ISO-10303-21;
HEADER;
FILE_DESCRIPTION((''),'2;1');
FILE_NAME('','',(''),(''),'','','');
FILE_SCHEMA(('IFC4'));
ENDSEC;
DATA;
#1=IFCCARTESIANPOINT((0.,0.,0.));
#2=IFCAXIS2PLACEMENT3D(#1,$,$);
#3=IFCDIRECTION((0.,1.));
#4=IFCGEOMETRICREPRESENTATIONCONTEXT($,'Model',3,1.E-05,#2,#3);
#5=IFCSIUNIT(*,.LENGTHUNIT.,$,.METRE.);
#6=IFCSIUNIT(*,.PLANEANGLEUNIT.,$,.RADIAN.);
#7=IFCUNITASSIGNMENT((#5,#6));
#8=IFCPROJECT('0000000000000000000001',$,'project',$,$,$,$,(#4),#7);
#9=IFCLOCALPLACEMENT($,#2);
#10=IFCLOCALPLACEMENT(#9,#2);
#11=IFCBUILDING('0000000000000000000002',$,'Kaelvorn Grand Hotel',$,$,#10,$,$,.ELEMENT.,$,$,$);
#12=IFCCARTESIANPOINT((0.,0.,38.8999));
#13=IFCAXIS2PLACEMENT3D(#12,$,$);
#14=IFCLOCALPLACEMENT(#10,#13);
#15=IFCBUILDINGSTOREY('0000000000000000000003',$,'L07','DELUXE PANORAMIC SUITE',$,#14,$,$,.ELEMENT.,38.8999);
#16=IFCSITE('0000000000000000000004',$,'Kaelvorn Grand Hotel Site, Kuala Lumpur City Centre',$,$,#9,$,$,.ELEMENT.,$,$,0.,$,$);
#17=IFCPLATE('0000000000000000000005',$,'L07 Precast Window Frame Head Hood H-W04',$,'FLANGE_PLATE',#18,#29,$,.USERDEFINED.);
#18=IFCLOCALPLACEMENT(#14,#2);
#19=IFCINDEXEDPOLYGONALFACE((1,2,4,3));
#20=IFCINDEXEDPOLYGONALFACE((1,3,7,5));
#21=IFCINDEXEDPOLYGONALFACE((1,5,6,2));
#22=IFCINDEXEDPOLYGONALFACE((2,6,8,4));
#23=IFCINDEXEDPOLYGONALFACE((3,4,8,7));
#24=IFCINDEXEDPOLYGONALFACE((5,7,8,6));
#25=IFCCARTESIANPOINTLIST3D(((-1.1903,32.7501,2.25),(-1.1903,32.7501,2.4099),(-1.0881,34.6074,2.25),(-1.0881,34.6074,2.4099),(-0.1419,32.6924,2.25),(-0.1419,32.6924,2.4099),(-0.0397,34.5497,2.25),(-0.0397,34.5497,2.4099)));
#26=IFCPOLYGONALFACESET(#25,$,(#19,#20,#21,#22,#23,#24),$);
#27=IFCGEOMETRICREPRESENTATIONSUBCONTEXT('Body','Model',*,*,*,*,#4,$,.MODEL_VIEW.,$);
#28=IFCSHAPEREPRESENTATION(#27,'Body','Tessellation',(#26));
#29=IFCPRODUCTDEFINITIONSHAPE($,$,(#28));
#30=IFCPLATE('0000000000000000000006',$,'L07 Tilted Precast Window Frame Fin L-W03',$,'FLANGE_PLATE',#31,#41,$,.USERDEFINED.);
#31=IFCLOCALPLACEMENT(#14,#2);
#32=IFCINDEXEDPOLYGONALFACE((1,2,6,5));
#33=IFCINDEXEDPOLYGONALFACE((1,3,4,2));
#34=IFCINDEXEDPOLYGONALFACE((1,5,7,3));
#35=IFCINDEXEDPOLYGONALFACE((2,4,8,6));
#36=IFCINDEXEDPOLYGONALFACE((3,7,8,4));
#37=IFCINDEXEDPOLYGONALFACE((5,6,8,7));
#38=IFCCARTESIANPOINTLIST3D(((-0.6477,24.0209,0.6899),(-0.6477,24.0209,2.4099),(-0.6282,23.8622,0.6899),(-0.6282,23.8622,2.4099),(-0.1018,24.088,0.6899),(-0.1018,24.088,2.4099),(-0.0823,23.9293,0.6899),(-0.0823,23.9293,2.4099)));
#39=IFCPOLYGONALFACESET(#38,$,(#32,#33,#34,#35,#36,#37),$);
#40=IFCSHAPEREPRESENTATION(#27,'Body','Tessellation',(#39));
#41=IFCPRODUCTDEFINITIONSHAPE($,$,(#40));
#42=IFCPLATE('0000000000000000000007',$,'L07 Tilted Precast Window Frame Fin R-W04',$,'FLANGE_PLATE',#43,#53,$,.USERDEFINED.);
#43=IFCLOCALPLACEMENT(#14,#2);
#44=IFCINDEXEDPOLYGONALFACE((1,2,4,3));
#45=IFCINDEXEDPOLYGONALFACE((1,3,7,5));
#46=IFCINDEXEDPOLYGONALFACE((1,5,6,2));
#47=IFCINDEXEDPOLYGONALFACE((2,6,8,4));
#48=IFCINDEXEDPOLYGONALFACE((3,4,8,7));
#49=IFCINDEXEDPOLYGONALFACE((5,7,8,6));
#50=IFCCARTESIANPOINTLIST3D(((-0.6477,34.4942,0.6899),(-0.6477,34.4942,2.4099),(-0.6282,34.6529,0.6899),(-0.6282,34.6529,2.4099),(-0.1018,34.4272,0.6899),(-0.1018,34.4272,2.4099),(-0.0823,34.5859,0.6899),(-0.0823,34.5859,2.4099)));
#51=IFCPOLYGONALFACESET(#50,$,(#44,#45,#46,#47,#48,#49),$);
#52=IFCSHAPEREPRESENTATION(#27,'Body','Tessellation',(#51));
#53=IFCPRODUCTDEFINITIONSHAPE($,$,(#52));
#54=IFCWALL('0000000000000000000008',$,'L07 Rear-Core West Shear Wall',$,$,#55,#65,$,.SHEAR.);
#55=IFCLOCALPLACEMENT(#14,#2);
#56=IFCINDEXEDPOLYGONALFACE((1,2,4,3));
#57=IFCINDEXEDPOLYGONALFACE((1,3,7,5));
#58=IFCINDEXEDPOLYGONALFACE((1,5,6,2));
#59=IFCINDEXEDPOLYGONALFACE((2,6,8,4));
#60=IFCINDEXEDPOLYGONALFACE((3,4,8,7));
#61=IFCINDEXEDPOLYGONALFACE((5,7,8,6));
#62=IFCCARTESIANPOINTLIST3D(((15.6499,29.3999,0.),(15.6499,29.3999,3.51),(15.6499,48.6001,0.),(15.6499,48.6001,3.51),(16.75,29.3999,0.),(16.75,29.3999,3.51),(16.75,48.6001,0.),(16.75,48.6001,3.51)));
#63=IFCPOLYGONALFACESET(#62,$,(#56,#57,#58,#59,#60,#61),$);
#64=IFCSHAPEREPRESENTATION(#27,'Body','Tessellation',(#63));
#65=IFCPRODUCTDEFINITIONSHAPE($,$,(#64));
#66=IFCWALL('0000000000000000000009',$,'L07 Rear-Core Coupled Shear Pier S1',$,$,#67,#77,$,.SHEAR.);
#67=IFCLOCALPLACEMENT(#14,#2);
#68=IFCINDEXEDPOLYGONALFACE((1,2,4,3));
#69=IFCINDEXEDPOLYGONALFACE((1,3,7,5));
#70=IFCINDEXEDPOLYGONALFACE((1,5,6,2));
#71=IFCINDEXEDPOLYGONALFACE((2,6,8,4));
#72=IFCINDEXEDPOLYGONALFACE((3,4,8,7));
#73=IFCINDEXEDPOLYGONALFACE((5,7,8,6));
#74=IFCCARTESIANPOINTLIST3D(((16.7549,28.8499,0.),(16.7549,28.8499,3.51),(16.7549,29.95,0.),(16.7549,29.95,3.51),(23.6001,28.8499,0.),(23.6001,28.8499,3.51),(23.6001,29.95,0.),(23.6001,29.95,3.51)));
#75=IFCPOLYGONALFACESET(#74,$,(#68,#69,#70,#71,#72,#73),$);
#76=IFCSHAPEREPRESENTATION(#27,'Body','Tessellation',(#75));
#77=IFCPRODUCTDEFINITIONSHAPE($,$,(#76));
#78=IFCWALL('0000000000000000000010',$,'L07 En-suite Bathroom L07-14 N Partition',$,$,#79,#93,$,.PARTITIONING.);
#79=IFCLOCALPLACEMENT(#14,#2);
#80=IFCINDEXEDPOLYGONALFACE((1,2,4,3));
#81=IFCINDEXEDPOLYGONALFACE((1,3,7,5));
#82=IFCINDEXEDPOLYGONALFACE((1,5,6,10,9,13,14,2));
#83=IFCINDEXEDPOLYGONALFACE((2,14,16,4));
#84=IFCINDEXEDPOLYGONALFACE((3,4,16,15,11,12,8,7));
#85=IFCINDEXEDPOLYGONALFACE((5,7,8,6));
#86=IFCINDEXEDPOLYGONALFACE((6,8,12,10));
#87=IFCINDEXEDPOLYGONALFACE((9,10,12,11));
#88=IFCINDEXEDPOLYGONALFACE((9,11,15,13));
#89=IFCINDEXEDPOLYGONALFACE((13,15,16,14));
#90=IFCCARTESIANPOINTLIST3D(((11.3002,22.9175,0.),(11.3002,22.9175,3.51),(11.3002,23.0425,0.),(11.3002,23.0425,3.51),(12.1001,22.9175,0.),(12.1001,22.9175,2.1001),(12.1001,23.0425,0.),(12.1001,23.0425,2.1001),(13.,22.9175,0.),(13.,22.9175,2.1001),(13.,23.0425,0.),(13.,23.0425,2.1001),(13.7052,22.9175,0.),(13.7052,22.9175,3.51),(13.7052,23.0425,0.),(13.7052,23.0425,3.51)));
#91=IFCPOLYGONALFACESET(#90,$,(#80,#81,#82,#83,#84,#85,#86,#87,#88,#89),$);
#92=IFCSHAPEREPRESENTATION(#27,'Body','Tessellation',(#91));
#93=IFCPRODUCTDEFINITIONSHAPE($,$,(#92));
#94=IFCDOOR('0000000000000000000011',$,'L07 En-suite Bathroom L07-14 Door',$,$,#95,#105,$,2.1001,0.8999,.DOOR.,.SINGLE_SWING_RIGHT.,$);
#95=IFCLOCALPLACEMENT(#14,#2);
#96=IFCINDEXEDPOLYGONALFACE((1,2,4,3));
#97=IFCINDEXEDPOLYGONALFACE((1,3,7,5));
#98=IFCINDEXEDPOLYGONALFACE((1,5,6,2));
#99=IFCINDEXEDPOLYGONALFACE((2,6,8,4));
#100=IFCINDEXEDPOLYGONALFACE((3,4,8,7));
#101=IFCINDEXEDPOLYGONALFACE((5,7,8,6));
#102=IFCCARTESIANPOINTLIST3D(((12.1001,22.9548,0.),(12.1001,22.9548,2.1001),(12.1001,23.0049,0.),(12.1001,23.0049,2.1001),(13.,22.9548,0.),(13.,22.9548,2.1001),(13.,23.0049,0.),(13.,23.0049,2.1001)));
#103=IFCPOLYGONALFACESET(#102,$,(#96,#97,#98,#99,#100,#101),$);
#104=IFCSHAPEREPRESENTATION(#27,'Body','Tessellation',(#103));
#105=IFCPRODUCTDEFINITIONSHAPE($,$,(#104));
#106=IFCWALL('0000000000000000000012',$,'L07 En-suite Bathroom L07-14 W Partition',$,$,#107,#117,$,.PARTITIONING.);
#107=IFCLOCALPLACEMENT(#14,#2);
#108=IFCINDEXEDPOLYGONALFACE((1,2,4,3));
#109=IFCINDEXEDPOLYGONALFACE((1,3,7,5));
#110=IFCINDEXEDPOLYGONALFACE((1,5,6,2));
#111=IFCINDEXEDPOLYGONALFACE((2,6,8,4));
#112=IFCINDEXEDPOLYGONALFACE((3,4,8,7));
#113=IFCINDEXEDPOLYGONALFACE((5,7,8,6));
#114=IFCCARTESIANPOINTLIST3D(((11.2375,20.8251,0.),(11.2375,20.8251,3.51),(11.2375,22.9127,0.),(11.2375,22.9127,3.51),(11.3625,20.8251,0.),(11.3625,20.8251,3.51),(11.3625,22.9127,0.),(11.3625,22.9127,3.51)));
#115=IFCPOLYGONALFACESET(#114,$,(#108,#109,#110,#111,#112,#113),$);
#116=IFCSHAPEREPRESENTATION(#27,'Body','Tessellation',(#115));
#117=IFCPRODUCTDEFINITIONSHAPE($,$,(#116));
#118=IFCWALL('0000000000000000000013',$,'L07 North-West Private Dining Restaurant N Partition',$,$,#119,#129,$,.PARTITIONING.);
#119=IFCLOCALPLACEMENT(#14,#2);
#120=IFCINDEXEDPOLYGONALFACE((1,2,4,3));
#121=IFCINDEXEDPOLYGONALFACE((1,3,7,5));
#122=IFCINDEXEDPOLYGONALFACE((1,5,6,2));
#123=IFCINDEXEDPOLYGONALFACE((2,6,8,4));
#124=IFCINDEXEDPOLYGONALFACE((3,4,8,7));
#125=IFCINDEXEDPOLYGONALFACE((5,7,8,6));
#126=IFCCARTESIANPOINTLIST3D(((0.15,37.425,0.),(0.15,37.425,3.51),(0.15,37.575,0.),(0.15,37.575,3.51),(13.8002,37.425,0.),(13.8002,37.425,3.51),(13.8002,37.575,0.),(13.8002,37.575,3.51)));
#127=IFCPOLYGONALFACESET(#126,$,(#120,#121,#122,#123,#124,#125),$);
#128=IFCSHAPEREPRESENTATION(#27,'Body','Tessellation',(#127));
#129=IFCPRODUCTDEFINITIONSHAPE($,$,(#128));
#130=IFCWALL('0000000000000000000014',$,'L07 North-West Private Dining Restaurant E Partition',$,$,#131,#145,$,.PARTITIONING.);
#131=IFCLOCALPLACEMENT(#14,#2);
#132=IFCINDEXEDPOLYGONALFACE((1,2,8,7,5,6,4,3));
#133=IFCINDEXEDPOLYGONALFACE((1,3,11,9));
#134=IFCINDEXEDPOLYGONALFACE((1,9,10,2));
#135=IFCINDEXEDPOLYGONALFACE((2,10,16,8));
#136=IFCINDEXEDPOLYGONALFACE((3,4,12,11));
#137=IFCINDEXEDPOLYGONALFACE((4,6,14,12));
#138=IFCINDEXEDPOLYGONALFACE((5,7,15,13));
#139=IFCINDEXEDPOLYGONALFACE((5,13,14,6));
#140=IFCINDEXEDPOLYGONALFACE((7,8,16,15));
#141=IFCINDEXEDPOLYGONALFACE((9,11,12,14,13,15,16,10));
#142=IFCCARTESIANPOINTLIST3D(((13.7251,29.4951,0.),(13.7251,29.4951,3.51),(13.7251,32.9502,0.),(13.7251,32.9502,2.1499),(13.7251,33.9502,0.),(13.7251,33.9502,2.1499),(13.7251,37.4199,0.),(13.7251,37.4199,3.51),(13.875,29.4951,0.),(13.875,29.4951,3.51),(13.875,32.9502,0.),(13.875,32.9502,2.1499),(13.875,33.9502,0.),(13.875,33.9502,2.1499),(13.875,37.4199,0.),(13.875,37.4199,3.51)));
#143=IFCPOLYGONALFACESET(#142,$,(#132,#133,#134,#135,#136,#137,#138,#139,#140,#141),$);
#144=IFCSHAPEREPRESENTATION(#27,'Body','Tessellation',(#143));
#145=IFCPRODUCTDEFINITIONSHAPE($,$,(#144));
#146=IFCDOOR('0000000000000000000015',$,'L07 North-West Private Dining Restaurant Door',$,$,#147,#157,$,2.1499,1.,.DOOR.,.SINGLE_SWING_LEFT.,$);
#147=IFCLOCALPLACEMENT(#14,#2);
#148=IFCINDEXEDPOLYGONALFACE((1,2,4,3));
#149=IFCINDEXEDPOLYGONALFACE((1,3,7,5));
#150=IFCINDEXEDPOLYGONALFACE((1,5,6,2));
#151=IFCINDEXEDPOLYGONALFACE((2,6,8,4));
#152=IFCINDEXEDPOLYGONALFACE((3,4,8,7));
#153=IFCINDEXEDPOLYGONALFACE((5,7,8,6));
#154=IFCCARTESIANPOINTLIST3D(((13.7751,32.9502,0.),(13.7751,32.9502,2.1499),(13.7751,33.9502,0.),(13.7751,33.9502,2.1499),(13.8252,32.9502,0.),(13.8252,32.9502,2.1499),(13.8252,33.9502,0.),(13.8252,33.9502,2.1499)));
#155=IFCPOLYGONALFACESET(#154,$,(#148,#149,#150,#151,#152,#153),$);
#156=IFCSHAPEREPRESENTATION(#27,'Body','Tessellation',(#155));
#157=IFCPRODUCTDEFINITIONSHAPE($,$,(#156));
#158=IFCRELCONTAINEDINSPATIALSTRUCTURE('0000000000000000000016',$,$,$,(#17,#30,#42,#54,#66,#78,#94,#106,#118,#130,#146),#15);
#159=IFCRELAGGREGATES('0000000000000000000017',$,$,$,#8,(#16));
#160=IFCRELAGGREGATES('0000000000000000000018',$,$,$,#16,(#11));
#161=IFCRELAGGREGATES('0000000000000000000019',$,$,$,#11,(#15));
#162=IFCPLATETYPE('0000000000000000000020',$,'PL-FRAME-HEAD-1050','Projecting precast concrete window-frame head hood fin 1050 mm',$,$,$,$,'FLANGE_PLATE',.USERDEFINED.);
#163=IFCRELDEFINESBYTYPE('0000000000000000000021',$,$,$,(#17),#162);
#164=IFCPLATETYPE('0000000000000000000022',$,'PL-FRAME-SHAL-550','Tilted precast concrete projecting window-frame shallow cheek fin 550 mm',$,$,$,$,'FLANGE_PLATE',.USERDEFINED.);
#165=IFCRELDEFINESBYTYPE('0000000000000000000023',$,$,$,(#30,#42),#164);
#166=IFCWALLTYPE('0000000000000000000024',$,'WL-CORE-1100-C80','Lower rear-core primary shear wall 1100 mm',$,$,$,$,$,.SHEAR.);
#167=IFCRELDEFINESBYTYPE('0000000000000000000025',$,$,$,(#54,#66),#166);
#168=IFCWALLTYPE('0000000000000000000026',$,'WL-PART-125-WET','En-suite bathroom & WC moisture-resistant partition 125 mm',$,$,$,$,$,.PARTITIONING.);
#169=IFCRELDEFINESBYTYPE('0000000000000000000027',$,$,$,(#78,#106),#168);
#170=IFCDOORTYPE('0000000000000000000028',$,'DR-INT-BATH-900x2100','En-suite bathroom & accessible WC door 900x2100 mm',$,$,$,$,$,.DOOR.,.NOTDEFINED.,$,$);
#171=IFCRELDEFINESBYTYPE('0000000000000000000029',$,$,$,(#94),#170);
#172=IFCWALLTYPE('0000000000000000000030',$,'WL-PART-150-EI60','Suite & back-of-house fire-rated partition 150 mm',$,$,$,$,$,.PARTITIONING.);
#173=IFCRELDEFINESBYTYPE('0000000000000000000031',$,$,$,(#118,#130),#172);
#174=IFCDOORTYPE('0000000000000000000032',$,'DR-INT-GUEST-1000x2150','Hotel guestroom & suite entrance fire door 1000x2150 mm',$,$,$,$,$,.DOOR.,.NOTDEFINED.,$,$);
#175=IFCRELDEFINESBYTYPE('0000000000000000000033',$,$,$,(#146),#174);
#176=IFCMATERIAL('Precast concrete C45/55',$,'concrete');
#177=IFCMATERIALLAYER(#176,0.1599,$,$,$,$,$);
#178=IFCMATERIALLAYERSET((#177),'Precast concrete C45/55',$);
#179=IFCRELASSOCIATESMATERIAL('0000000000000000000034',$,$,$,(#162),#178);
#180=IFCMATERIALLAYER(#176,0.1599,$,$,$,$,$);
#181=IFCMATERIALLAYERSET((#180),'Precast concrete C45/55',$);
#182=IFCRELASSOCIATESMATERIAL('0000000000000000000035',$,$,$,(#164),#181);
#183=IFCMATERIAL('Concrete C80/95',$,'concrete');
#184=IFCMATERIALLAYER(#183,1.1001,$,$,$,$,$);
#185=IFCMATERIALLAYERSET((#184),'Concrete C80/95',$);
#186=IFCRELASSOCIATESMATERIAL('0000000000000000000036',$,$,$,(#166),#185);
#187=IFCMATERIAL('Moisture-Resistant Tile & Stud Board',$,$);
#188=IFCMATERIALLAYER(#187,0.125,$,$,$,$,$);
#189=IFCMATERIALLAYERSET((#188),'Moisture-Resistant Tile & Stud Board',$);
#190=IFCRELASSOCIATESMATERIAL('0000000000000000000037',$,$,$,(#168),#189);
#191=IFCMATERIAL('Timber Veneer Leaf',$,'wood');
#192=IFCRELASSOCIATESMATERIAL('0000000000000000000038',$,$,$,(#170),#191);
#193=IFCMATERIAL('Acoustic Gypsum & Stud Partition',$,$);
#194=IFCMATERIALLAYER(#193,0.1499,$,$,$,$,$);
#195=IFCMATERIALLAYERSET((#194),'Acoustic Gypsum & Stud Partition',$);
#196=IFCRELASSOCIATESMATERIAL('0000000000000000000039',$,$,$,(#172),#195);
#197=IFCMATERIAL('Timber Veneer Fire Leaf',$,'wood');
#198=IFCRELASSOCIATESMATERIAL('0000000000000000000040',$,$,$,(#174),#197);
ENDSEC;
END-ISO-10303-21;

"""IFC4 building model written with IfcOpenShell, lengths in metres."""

from ifc_helpers import new_model, si_unit, direction, frame, frame_2d, origin, origin_2d, place, context, subcontext, project, spatial, rectangle, extrude, material, layer, layer_set, type_object, element, fill, save


model = new_model("IFC4")

# Units and contexts
model_context = context("Model", 3, precision=1e-05, world=origin(), true_north=direction((0.0, 1.0)))
body_context = subcontext(model_context, "Body", "Model", "MODEL_VIEW")
ifc_project = project(units=[si_unit("LENGTHUNIT", "METRE"), si_unit("PLANEANGLEUNIT", "RADIAN")], contexts=[model_context])

# Site, building, storey
site_placement = place(None, origin())
site = spatial("IfcSite", under=ifc_project, at=site_placement, Name="Kaelvorn Grand Hotel Site, Kuala Lumpur City Centre", CompositionType="ELEMENT", RefElevation=0.0)
building_placement = place(site_placement, origin())
building = spatial("IfcBuilding", under=site, at=building_placement, Name="Kaelvorn Grand Hotel", CompositionType="ELEMENT")
storey_placement = place(building_placement, frame((0.0, 0.0, 38.8999)))
storey = spatial("IfcBuildingStorey", under=building, at=storey_placement, Name="L07", Description="DELUXE PANORAMIC SUITE", CompositionType="ELEMENT", Elevation=38.8999)

# Shared definitions
ifc_material_1 = material(Name="Concrete C80/95", Category="concrete")

# Plates
ifc_material_2 = material(Name="Precast concrete C45/55", Category="concrete")
ifc_layer_1 = layer(ifc_material_2, 0.1599)
ifc_layer_set_1 = layer_set([ifc_layer_1], Name="Precast concrete C45/55")
plate_type_1 = type_object("IfcPlateType", Name="PL-FRAME-HEAD-1050", Description="Projecting precast concrete window-frame head hood fin 1050 mm", ElementType="FLANGE_PLATE", PredefinedType="USERDEFINED", material=ifc_layer_set_1)
for number, where, z_axis, x_axis, name in (
    (1, (-0.615, 33.6499, 2.25), (0.0, 0.0, 1.0), (0.05495, 0.998489, 0.0), "L07 Precast Window Frame Head Hood H-W04"),
):
    element("IfcPlate", number, at=place(storey_placement, frame(where, z_axis=z_axis, x_axis=x_axis)), inside=storey, type_object=plate_type_1, Name=name, ObjectType="FLANGE_PLATE", PredefinedType="USERDEFINED", context=body_context, shape_type="SweptSolid", body=[
        extrude(rectangle(XDim=1.8601, YDim=1.05, at=origin_2d()), origin(), (0.0, 0.0, 1.0), 0.1599),
    ])
ifc_layer_2 = layer(ifc_material_2, 0.1599)
ifc_layer_set_2 = layer_set([ifc_layer_2], Name="Precast concrete C45/55")
plate_type_2 = type_object("IfcPlateType", Name="PL-FRAME-SHAL-550", Description="Tilted precast concrete projecting window-frame shallow cheek fin 550 mm", ElementType="FLANGE_PLATE", PredefinedType="USERDEFINED", material=ifc_layer_set_2)
for number, where, z_axis, x_axis, name in (
    (2, (-0.365, 23.9751, 0.6899), (0.0, 0.0, 1.0), (-0.121869, 0.992546, 0.0), "L07 Tilted Precast Window Frame Fin L-W03"),
    (3, (-0.365, 34.54, 0.6899), (0.0, 0.0, 1.0), (0.121869, 0.992546, 0.0), "L07 Tilted Precast Window Frame Fin R-W04"),
):
    element("IfcPlate", number, at=place(storey_placement, frame(where, z_axis=z_axis, x_axis=x_axis)), inside=storey, type_object=plate_type_2, Name=name, ObjectType="FLANGE_PLATE", PredefinedType="USERDEFINED", context=body_context, shape_type="SweptSolid", body=[
        extrude(rectangle(XDim=0.1599, YDim=0.55, at=origin_2d()), origin(), (0.0, 0.0, 1.0), 1.72),
    ])

# Walls
ifc_layer_3 = layer(ifc_material_1, 1.1001)
ifc_layer_set_3 = layer_set([ifc_layer_3], Name="Concrete C80/95")
wall_type_1 = type_object("IfcWallType", Name="WL-CORE-1100-C80", Description="Lower rear-core primary shear wall 1100 mm", PredefinedType="SHEAR", material=ifc_layer_set_3)
wall_1_placement = place(storey_placement, frame((16.2, 29.3999, 0.0), z_axis=(0.0, 0.0, 1.0), x_axis=(0.0, 1.0, 0.0)))
element("IfcWall", 4, at=wall_1_placement, inside=storey, type_object=wall_type_1, Name="L07 Rear-Core West Shear Wall", PredefinedType="SHEAR", context=body_context, shape_type="SweptSolid", body=[
    extrude(rectangle(XDim=19.2002, YDim=1.1001, at=frame_2d((9.6001, 0.0))), origin(), (0.0, 0.0, 1.0), 3.51),
])
wall_2_placement = place(storey_placement, frame((16.7549, 29.3999, 0.0), z_axis=(0.0, 0.0, 1.0), x_axis=(1.0, 0.0, 0.0)))
element("IfcWall", 5, at=wall_2_placement, inside=storey, type_object=wall_type_1, Name="L07 Rear-Core Coupled Shear Pier S1", PredefinedType="SHEAR", context=body_context, shape_type="SweptSolid", body=[
    extrude(rectangle(XDim=6.8452, YDim=1.1001, at=frame_2d((3.4226, 0.0))), origin(), (0.0, 0.0, 1.0), 3.51),
])

# Wall, opening, door
ifc_material_3 = material(Name="Moisture-Resistant Tile & Stud Board")
ifc_layer_4 = layer(ifc_material_3, 0.125)
ifc_layer_set_4 = layer_set([ifc_layer_4], Name="Moisture-Resistant Tile & Stud Board")
wall_type_2 = type_object("IfcWallType", Name="WL-PART-125-WET", Description="En-suite bathroom & WC moisture-resistant partition 125 mm", PredefinedType="PARTITIONING", material=ifc_layer_set_4)
wall_3_placement = place(storey_placement, frame((11.3, 22.98, 0.0), z_axis=(0.0, 0.0, 1.0), x_axis=(1.0, 0.0, 0.0)))
wall_3 = element("IfcWall", 6, at=wall_3_placement, inside=storey, type_object=wall_type_2, Name="L07 En-suite Bathroom L07-14 N Partition", PredefinedType="PARTITIONING", context=body_context, shape_type="SweptSolid", body=[
    extrude(rectangle(XDim=2.405, YDim=0.125, at=frame_2d((1.2026, 0.0))), origin(), (0.0, 0.0, 1.0), 3.51),
])
opening_1_placement = place(wall_3_placement, frame((0.8, 0.0, 0.0)))
opening_1 = element("IfcOpeningElement", 7, at=opening_1_placement, cuts=wall_3, PredefinedType="OPENING", context=body_context, shape_type="SweptSolid", body=[
    extrude(rectangle(XDim=0.8999, YDim=2.1001, at=frame_2d((0.45, 1.05))), frame((0.0, 0.0725, 0.0), z_axis=(0.0, -1.0, 0.0), x_axis=(1.0, 0.0, 0.0)), (0.0, 0.0, 1.0), 0.145),
])
ifc_material_4 = material(Name="Timber Veneer Leaf", Category="wood")
door_type_1 = type_object("IfcDoorType", Name="DR-INT-BATH-900x2100", Description="En-suite bathroom & accessible WC door 900x2100 mm", OperationType="NOTDEFINED", PredefinedType="DOOR", material=ifc_material_4)
door_1_placement = place(opening_1_placement, origin())
door_1 = element("IfcDoor", 8, at=door_1_placement, inside=storey, type_object=door_type_1, Name="L07 En-suite Bathroom L07-14 Door", OperationType="SINGLE_SWING_RIGHT", OverallHeight=2.1001, OverallWidth=0.8999, PredefinedType="DOOR", context=body_context, shape_type="SweptSolid", body=[
    extrude(rectangle(XDim=0.8999, YDim=2.1001, at=frame_2d((0.45, 1.05))), frame((0.0, 0.0249, 0.0), z_axis=(0.0, -1.0, 0.0), x_axis=(1.0, 0.0, 0.0)), (0.0, 0.0, 1.0), 0.05),
])
fill(opening_1, door_1)

# Walls
wall_4_placement = place(storey_placement, frame((11.3, 20.825, 0.0), z_axis=(0.0, 0.0, 1.0), x_axis=(0.0, 1.0, 0.0)))
element("IfcWall", 9, at=wall_4_placement, inside=storey, type_object=wall_type_2, Name="L07 En-suite Bathroom L07-14 W Partition", PredefinedType="PARTITIONING", context=body_context, shape_type="SweptSolid", body=[
    extrude(rectangle(XDim=2.0876, YDim=0.125, at=frame_2d((1.0439, 0.0))), origin(), (0.0, 0.0, 1.0), 3.51),
])
ifc_material_5 = material(Name="Acoustic Gypsum & Stud Partition")
ifc_layer_5 = layer(ifc_material_5, 0.1499)
ifc_layer_set_5 = layer_set([ifc_layer_5], Name="Acoustic Gypsum & Stud Partition")
wall_type_3 = type_object("IfcWallType", Name="WL-PART-150-EI60", Description="Suite & back-of-house fire-rated partition 150 mm", PredefinedType="PARTITIONING", material=ifc_layer_set_5)
wall_5_placement = place(storey_placement, frame((0.1499, 37.5, 0.0), z_axis=(0.0, 0.0, 1.0), x_axis=(1.0, 0.0, 0.0)))
element("IfcWall", 10, at=wall_5_placement, inside=storey, type_object=wall_type_3, Name="L07 North-West Private Dining Restaurant N Partition", PredefinedType="PARTITIONING", context=body_context, shape_type="SweptSolid", body=[
    extrude(rectangle(XDim=13.6501, YDim=0.1499, at=frame_2d((6.8252, 0.0))), origin(), (0.0, 0.0, 1.0), 3.51),
])

# Wall, opening, door
wall_6_placement = place(storey_placement, frame((13.8, 29.4951, 0.0), z_axis=(0.0, 0.0, 1.0), x_axis=(0.0, 1.0, 0.0)))
wall_6 = element("IfcWall", 11, at=wall_6_placement, inside=storey, type_object=wall_type_3, Name="L07 North-West Private Dining Restaurant E Partition", PredefinedType="PARTITIONING", context=body_context, shape_type="SweptSolid", body=[
    extrude(rectangle(XDim=7.9248, YDim=0.1499, at=frame_2d((3.9624, 0.0))), origin(), (0.0, 0.0, 1.0), 3.51),
])
opening_2_placement = place(wall_6_placement, frame((3.4551, 0.0, 0.0)))
opening_2 = element("IfcOpeningElement", 12, at=opening_2_placement, cuts=wall_6, PredefinedType="OPENING", context=body_context, shape_type="SweptSolid", body=[
    extrude(rectangle(XDim=1.0, YDim=2.1499, at=frame_2d((0.5, 1.075))), frame((0.0, 0.085, 0.0), z_axis=(0.0, -1.0, 0.0), x_axis=(1.0, 0.0, 0.0)), (0.0, 0.0, 1.0), 0.1699),
])
ifc_material_6 = material(Name="Timber Veneer Fire Leaf", Category="wood")
door_type_2 = type_object("IfcDoorType", Name="DR-INT-GUEST-1000x2150", Description="Hotel guestroom & suite entrance fire door 1000x2150 mm", OperationType="NOTDEFINED", PredefinedType="DOOR", material=ifc_material_6)
door_2_placement = place(opening_2_placement, origin())
door_2 = element("IfcDoor", 13, at=door_2_placement, inside=storey, type_object=door_type_2, Name="L07 North-West Private Dining Restaurant Door", OperationType="SINGLE_SWING_LEFT", OverallHeight=2.1499, OverallWidth=1.0, PredefinedType="DOOR", context=body_context, shape_type="SweptSolid", body=[
    extrude(rectangle(XDim=1.0, YDim=2.1499, at=frame_2d((0.5, 1.075))), frame((0.0, 0.0249, 0.0), z_axis=(0.0, -1.0, 0.0), x_axis=(1.0, 0.0, 0.0)), (0.0, 0.0, 1.0), 0.05),
])
fill(opening_2, door_2)

save(model, "model.ifc")
